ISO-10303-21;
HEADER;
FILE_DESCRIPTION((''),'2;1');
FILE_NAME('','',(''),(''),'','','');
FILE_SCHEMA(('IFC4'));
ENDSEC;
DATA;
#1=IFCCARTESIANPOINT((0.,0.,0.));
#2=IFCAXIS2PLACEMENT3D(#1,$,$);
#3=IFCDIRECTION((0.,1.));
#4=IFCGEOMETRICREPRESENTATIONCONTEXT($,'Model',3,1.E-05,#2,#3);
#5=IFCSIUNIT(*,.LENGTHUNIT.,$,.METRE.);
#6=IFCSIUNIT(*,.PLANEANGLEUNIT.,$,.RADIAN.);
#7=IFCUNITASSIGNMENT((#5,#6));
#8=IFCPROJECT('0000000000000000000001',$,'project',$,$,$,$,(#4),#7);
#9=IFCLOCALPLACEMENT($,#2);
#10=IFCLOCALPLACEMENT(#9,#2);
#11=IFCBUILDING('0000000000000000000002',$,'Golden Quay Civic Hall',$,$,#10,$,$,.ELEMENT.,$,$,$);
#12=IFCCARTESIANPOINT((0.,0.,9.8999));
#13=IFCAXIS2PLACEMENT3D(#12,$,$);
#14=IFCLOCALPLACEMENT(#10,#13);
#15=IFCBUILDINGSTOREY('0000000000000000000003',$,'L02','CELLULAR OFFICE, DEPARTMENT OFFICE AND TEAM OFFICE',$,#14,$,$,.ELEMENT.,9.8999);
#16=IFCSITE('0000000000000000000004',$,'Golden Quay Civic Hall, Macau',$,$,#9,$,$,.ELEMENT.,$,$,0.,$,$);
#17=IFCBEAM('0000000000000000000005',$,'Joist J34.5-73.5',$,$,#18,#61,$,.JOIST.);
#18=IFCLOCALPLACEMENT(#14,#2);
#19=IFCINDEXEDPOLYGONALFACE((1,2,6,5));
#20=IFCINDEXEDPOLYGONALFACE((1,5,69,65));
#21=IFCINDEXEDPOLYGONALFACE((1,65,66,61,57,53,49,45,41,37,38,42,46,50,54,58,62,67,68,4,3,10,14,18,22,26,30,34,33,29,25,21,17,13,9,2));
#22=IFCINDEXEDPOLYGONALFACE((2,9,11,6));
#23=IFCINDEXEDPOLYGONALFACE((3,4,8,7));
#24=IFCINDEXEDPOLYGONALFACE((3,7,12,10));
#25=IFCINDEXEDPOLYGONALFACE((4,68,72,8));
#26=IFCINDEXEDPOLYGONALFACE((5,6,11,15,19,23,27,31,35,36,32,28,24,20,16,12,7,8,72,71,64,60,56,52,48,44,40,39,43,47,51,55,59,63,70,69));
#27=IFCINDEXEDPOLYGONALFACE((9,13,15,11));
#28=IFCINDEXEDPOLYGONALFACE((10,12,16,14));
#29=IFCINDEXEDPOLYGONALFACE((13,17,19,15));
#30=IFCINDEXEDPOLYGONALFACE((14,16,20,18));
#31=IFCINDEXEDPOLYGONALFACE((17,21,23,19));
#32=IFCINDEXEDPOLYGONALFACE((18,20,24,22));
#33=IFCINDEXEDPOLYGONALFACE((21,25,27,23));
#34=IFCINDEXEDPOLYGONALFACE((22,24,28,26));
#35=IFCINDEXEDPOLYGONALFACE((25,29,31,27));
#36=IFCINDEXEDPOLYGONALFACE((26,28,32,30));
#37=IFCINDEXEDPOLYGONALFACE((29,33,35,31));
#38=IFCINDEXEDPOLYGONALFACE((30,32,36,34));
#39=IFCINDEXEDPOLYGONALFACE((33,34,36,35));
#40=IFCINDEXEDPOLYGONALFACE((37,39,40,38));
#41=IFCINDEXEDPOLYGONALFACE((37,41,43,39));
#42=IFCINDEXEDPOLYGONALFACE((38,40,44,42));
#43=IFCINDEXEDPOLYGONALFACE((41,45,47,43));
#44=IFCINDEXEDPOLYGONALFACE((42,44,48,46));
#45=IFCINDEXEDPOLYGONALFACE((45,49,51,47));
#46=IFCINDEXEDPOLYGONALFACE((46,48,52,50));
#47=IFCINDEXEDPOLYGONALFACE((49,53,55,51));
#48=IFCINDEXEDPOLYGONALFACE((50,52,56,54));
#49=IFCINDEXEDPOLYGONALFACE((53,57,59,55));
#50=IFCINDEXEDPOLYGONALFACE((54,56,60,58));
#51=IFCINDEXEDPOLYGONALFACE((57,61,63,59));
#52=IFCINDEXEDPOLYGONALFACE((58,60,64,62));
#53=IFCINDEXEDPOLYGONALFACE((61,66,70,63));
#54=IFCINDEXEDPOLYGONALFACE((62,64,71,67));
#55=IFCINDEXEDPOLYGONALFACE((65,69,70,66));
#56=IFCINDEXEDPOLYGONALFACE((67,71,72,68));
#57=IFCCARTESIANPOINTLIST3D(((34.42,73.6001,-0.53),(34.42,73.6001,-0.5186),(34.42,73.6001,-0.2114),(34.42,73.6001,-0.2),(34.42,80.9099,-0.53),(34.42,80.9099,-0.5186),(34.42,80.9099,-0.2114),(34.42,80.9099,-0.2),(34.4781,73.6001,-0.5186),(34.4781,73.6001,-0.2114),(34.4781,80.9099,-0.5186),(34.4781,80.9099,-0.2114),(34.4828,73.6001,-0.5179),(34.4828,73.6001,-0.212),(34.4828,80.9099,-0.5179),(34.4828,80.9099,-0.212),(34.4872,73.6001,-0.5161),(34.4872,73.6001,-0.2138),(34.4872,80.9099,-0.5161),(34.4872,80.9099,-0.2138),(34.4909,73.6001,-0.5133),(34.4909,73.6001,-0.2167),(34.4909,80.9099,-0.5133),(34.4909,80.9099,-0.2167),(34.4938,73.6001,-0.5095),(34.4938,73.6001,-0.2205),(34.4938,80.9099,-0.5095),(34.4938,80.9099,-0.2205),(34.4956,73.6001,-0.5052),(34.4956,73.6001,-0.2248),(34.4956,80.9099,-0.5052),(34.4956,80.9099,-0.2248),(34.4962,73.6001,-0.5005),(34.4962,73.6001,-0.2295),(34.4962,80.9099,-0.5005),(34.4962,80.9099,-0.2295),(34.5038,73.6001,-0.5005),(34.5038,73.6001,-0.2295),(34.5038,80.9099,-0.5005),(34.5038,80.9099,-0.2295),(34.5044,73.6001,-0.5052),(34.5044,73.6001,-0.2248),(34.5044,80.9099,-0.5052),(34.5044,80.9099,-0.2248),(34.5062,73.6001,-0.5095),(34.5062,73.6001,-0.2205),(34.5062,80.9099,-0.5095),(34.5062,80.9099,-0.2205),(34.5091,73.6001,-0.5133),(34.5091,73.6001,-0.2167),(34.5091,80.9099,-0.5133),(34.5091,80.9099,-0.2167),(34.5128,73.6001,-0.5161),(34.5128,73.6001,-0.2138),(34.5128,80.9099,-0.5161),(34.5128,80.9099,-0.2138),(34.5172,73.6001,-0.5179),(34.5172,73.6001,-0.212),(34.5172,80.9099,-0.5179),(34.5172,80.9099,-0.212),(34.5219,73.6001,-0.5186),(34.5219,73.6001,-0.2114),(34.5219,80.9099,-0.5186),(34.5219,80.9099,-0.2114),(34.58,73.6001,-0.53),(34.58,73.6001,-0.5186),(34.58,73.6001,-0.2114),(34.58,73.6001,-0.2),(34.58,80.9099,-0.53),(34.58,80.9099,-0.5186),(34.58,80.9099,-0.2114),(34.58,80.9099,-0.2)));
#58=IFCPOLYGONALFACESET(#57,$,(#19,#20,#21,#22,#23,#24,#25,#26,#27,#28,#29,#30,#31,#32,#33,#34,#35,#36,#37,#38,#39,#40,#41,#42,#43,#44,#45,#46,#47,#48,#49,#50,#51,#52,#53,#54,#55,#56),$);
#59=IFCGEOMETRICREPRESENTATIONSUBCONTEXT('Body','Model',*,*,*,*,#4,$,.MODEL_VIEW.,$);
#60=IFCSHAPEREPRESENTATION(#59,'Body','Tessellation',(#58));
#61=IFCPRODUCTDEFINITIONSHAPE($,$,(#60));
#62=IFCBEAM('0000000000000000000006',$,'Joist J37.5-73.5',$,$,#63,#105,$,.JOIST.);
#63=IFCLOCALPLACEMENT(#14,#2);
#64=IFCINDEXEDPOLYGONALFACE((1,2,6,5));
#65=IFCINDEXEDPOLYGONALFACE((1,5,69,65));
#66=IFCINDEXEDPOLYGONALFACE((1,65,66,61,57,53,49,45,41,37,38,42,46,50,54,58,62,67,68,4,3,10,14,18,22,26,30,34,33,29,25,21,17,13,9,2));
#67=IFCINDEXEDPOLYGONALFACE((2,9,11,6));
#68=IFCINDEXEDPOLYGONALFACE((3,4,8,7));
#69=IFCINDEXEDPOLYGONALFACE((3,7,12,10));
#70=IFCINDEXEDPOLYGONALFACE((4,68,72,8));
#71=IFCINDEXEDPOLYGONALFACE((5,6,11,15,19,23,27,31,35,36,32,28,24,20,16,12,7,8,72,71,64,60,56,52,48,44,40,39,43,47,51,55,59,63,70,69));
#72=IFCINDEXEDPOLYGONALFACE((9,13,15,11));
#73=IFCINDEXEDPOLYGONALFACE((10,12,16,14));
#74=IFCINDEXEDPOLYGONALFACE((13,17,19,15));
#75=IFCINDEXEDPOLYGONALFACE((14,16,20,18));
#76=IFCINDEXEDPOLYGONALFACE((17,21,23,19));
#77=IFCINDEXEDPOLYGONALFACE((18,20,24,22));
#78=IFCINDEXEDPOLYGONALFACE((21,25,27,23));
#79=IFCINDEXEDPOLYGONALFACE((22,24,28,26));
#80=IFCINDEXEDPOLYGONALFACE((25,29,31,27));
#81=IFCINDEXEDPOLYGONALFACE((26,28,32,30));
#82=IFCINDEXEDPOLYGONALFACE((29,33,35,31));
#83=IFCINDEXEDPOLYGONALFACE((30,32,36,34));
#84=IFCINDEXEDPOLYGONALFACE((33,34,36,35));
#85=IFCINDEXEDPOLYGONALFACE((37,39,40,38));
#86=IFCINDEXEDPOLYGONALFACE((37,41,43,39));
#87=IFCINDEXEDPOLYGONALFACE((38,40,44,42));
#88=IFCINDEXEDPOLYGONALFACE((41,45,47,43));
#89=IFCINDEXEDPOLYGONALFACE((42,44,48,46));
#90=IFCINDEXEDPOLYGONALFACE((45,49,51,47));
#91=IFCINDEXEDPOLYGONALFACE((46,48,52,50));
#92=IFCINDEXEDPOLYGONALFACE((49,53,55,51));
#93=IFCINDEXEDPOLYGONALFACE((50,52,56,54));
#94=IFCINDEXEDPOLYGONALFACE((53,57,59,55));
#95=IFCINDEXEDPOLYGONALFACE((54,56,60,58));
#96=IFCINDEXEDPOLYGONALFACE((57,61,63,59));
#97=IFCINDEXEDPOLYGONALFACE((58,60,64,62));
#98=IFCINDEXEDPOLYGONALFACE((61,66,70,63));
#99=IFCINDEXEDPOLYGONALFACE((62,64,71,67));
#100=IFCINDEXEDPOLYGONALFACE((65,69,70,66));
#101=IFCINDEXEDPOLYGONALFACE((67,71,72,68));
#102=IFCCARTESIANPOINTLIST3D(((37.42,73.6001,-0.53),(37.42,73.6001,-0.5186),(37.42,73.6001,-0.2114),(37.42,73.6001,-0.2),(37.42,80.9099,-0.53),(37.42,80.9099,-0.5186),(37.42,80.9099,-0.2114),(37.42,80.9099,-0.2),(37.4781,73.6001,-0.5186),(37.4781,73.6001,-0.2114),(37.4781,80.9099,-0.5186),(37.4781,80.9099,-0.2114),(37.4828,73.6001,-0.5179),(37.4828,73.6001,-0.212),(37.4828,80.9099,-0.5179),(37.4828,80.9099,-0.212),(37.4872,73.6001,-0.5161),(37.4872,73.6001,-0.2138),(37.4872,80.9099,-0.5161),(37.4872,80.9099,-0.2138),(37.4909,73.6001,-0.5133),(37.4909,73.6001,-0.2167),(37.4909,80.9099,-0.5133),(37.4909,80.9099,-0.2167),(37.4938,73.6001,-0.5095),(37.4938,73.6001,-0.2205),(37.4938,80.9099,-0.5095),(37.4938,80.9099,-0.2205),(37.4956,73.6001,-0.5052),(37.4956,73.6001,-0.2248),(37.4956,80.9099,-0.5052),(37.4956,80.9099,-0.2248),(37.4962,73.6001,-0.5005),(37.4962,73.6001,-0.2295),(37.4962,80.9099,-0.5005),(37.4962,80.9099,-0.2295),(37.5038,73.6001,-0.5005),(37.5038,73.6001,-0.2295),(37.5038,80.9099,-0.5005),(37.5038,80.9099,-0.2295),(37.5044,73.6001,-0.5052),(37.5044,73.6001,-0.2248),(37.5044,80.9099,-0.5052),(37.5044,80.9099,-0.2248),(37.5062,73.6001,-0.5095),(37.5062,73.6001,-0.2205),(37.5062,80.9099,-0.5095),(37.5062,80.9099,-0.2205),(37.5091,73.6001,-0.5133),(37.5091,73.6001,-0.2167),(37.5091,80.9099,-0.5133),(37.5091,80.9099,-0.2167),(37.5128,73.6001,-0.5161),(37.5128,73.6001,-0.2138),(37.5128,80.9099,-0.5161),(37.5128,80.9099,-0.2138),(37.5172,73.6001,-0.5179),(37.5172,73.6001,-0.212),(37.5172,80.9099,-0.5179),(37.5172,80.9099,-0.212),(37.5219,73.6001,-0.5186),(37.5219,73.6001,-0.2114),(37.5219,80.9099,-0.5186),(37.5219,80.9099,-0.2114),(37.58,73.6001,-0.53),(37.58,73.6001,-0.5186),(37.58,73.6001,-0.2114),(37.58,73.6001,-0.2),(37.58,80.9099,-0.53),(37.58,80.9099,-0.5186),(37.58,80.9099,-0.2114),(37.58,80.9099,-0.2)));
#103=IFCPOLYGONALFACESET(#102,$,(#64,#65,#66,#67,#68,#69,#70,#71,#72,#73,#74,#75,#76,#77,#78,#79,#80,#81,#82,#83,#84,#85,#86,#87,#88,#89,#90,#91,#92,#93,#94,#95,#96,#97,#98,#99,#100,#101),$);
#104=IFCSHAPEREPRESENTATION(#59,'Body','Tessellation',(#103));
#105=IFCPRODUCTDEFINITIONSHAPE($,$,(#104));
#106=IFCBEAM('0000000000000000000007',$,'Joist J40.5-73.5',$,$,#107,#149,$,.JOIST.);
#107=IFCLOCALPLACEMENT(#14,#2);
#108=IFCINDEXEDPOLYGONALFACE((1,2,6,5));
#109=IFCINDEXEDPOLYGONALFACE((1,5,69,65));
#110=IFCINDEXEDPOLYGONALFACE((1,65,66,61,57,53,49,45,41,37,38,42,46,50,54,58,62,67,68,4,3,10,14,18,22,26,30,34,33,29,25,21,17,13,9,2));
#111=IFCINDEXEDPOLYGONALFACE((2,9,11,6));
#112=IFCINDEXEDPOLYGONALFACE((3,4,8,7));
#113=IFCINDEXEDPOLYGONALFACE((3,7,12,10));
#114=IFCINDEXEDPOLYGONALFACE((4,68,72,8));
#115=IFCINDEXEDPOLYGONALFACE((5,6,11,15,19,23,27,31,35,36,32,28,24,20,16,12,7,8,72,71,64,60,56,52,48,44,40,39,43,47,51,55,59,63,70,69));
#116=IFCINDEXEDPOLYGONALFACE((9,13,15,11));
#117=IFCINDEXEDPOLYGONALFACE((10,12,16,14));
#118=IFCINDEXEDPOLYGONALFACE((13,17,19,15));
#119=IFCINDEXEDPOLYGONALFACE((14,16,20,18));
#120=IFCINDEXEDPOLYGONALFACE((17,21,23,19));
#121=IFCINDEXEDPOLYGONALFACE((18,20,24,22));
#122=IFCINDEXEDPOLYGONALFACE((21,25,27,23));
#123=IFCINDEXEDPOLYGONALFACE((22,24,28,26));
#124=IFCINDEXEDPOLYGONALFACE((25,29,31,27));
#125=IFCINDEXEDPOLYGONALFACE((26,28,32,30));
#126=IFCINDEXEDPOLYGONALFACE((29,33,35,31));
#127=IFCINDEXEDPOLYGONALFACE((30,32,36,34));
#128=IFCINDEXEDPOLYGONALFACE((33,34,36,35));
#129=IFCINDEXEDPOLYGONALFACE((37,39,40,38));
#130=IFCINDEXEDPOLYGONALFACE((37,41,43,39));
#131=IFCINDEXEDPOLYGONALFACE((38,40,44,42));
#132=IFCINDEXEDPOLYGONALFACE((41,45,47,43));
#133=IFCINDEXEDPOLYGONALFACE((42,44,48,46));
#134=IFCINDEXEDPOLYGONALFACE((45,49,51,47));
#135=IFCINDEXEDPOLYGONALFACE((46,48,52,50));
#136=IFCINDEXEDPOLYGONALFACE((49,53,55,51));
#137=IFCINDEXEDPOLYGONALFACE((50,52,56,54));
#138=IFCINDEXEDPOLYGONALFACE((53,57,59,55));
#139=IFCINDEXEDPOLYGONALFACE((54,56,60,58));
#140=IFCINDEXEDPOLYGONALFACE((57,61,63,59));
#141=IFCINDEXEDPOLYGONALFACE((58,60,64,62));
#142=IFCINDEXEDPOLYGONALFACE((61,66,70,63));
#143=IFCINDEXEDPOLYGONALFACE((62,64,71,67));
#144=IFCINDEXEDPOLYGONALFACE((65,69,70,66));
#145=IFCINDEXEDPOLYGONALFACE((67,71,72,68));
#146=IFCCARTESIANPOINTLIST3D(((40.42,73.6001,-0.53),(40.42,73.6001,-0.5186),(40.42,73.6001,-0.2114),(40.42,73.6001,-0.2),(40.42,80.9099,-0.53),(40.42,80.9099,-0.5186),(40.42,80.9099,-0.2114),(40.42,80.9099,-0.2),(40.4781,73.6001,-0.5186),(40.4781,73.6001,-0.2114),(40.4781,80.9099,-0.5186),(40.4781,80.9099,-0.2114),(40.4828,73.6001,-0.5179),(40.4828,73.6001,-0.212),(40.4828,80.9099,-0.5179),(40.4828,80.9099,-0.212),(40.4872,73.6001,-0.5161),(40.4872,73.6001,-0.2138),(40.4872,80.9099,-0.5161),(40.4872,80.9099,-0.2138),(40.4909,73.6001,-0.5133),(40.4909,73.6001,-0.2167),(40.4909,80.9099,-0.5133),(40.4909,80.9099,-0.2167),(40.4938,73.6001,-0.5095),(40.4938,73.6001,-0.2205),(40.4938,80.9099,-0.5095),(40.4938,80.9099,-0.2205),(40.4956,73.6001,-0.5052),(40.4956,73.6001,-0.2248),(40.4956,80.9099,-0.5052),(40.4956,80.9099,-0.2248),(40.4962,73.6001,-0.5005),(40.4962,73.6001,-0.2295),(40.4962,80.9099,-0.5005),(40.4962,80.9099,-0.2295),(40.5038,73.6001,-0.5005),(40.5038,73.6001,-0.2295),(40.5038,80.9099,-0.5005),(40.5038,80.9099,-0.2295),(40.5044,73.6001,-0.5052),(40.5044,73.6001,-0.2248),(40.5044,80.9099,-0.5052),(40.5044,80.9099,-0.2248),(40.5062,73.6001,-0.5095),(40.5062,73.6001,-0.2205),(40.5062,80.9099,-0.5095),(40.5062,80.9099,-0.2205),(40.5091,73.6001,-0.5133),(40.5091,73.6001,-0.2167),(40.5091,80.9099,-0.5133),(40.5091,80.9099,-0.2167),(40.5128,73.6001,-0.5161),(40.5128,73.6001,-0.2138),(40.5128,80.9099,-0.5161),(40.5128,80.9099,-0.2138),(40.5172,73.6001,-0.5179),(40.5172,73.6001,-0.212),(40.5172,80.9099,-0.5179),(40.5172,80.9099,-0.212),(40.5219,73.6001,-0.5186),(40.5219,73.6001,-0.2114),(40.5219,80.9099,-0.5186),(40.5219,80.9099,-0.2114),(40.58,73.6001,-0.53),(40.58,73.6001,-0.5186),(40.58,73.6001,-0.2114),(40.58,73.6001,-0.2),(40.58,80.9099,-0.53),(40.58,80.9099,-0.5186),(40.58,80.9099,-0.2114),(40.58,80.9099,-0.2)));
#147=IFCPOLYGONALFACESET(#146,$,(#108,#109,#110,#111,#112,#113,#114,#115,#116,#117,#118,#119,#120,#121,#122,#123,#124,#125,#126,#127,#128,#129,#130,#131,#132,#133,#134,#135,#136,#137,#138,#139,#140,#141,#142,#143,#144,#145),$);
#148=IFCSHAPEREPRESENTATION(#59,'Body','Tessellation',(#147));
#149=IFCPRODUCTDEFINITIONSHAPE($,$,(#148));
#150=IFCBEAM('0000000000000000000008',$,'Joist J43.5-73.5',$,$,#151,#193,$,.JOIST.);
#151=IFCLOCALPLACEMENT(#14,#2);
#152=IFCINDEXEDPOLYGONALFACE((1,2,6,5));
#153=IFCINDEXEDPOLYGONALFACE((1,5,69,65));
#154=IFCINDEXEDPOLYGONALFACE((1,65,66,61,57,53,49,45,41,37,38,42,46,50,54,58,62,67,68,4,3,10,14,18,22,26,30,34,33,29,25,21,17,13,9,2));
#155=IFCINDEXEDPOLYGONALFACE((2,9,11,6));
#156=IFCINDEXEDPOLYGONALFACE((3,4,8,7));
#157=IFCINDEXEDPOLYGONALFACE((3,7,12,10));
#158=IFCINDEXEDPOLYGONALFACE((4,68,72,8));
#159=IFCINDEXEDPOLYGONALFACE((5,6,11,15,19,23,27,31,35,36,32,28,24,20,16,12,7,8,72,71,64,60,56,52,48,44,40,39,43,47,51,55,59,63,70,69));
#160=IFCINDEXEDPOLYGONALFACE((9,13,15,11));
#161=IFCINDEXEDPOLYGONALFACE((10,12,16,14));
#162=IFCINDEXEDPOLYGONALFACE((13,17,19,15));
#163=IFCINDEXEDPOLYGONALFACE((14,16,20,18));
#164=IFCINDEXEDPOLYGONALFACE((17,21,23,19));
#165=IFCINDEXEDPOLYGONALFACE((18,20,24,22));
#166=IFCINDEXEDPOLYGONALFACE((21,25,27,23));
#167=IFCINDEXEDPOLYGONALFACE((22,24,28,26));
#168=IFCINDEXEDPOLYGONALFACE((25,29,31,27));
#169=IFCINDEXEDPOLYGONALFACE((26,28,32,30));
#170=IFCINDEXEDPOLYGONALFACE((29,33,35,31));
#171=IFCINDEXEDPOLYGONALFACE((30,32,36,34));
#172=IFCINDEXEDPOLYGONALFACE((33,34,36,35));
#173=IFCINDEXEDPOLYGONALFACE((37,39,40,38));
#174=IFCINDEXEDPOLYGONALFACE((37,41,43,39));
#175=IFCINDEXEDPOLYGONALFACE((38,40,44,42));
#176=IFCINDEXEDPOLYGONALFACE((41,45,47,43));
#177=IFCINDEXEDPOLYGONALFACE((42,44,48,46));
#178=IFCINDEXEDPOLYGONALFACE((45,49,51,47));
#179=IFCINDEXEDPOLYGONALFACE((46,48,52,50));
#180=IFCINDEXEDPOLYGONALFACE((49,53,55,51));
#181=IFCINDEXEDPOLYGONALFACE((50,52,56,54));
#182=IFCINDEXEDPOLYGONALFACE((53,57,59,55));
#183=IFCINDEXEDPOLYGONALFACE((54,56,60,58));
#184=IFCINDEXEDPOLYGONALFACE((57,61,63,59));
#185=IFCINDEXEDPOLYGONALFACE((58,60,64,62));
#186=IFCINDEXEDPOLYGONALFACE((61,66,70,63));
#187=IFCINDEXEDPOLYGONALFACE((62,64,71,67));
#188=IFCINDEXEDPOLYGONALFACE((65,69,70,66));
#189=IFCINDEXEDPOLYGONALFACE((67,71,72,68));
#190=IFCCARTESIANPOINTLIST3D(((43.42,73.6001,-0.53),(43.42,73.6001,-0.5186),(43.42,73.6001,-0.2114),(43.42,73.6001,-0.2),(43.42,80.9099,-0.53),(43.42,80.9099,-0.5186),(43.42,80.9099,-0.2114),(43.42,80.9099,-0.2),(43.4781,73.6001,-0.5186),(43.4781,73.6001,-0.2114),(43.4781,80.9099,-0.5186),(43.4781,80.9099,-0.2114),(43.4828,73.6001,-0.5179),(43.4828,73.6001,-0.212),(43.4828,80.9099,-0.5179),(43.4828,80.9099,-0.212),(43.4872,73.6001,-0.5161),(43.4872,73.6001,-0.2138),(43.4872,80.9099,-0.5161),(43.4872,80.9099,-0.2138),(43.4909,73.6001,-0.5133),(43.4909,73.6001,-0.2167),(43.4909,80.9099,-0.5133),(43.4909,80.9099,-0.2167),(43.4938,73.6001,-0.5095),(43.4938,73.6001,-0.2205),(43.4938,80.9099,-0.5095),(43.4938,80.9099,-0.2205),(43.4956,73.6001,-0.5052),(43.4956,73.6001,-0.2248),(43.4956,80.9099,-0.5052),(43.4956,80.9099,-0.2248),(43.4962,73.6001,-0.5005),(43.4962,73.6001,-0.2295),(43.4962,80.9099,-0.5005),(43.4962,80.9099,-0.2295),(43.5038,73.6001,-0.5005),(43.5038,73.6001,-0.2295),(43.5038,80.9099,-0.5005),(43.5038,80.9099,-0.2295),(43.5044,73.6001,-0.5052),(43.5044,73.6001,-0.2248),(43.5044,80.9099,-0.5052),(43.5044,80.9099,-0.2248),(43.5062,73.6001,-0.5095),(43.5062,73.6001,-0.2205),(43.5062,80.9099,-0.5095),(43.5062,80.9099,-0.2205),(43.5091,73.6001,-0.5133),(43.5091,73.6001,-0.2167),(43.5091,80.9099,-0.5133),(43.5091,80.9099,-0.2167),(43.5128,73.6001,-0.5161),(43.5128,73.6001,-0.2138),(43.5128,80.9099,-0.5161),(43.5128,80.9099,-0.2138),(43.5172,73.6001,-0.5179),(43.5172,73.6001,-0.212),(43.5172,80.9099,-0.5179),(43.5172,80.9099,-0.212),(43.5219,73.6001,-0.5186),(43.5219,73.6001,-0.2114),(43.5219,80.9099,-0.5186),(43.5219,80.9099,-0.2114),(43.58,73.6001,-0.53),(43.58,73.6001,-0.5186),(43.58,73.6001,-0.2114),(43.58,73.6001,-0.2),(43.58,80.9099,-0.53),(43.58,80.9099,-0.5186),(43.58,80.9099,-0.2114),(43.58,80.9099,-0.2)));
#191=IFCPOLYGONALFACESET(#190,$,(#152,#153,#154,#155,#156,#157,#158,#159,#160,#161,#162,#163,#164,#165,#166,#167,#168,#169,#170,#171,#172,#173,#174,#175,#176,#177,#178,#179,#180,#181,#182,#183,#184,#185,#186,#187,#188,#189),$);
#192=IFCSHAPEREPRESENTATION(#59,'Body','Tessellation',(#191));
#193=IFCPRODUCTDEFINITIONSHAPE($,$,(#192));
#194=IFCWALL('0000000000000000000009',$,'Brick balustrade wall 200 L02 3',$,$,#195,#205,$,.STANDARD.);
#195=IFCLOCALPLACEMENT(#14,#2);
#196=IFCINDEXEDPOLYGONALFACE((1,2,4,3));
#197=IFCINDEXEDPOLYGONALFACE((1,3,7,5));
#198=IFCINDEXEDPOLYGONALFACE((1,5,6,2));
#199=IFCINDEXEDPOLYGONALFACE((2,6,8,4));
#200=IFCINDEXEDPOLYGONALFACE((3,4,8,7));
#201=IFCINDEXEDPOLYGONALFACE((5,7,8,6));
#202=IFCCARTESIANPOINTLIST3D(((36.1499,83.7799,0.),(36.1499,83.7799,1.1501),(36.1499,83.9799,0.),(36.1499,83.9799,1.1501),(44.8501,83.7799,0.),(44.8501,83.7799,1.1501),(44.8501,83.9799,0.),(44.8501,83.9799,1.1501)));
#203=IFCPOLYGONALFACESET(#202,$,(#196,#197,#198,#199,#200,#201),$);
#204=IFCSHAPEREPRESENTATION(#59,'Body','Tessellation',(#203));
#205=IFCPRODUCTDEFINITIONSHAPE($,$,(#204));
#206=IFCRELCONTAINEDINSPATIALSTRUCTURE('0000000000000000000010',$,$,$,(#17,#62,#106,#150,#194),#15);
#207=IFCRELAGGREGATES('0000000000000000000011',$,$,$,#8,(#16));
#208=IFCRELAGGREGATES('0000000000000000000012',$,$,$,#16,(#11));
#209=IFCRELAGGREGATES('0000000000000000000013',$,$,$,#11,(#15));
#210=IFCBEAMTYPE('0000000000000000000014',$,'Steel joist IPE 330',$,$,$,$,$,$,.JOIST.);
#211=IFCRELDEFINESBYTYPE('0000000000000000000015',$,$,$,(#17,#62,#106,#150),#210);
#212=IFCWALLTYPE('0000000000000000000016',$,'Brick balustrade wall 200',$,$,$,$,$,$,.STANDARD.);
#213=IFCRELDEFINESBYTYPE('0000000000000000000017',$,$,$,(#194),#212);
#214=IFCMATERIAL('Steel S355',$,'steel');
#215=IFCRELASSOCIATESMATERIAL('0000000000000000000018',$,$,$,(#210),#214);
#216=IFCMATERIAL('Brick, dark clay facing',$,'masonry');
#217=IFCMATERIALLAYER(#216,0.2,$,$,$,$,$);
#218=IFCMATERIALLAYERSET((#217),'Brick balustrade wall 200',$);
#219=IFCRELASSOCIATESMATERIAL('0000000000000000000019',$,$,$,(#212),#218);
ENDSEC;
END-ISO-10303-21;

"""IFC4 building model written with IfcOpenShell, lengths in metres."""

from ifc_helpers import new_model, si_unit, direction, frame, frame_2d, origin, origin_2d, place, context, subcontext, project, spatial, rectangle, i_section, extrude, material, layer, layer_set, material_profile, profile_set, type_object, element, save


model = new_model("IFC4")

# Units and contexts
model_context = context("Model", 3, precision=1e-05, world=origin(), true_north=direction((0.0, 1.0)))
body_context = subcontext(model_context, "Body", "Model", "MODEL_VIEW")
ifc_project = project(units=[si_unit("LENGTHUNIT", "METRE"), si_unit("PLANEANGLEUNIT", "RADIAN")], contexts=[model_context])

# Site, building, storey
site_placement = place(None, origin())
site = spatial("IfcSite", under=ifc_project, at=site_placement, Name="Golden Quay Civic Hall, Macau", CompositionType="ELEMENT", RefElevation=0.0)
building_placement = place(site_placement, origin())
building = spatial("IfcBuilding", under=site, at=building_placement, Name="Golden Quay Civic Hall", CompositionType="ELEMENT")
storey_placement = place(building_placement, frame((0.0, 0.0, 9.8999)))
storey = spatial("IfcBuildingStorey", under=building, at=storey_placement, Name="L02", Description="CELLULAR OFFICE, DEPARTMENT OFFICE AND TEAM OFFICE", CompositionType="ELEMENT", Elevation=9.8999)

# Beams
ifc_material_1 = material(Name="Steel S355", Category="steel")
ifc_material_profile_1 = material_profile(ifc_material_1, i_section(OverallWidth=0.1599, OverallDepth=0.3301, WebThickness=0.0076, FlangeThickness=0.0115, FilletRadius=0.0181, at=origin_2d()), Name="IPE 330")
ifc_profile_set_1 = profile_set([ifc_material_profile_1], Name="Steel S355")
beam_type_1 = type_object("IfcBeamType", Name="Steel joist IPE 330", PredefinedType="JOIST", material=ifc_profile_set_1)
for number, where, z_axis, x_axis, name in (
    (1, (34.5, 73.6001, -0.365), (0.0, 1.0, 0.0), (-1.0, 0.0, 0.0), "Joist J34.5-73.5"),
    (2, (37.5, 73.6001, -0.365), (0.0, 1.0, 0.0), (-1.0, 0.0, 0.0), "Joist J37.5-73.5"),
    (3, (40.5, 73.6001, -0.365), (0.0, 1.0, 0.0), (-1.0, 0.0, 0.0), "Joist J40.5-73.5"),
    (4, (43.5, 73.6001, -0.365), (0.0, 1.0, 0.0), (-1.0, 0.0, 0.0), "Joist J43.5-73.5"),
):
    element("IfcBeam", number, at=place(storey_placement, frame(where, z_axis=z_axis, x_axis=x_axis)), inside=storey, type_object=beam_type_1, Name=name, PredefinedType="JOIST", context=body_context, shape_type="SweptSolid", body=[
        extrude(i_section(OverallWidth=0.1599, OverallDepth=0.3301, WebThickness=0.0076, FlangeThickness=0.0115, FilletRadius=0.0181, at=origin_2d()), origin(), (0.0, 0.0, 1.0), 7.3098),
    ])

# Wall
ifc_material_2 = material(Name="Brick, dark clay facing", Category="masonry")
ifc_layer_1 = layer(ifc_material_2, 0.2)
ifc_layer_set_1 = layer_set([ifc_layer_1], Name="Brick balustrade wall 200")
wall_type_1 = type_object("IfcWallType", Name="Brick balustrade wall 200", PredefinedType="STANDARD", material=ifc_layer_set_1)
wall_1_placement = place(storey_placement, frame((36.1499, 83.8799, 0.0), z_axis=(0.0, 0.0, 1.0), x_axis=(1.0, 0.0, 0.0)))
element("IfcWall", 5, at=wall_1_placement, inside=storey, type_object=wall_type_1, Name="Brick balustrade wall 200 L02 3", PredefinedType="STANDARD", context=body_context, shape_type="SweptSolid", body=[
    extrude(rectangle(XDim=8.7002, YDim=0.2, at=frame_2d((4.3501, 0.0))), origin(), (0.0, 0.0, 1.0), 1.1501),
])

save(model, "model.ifc")
